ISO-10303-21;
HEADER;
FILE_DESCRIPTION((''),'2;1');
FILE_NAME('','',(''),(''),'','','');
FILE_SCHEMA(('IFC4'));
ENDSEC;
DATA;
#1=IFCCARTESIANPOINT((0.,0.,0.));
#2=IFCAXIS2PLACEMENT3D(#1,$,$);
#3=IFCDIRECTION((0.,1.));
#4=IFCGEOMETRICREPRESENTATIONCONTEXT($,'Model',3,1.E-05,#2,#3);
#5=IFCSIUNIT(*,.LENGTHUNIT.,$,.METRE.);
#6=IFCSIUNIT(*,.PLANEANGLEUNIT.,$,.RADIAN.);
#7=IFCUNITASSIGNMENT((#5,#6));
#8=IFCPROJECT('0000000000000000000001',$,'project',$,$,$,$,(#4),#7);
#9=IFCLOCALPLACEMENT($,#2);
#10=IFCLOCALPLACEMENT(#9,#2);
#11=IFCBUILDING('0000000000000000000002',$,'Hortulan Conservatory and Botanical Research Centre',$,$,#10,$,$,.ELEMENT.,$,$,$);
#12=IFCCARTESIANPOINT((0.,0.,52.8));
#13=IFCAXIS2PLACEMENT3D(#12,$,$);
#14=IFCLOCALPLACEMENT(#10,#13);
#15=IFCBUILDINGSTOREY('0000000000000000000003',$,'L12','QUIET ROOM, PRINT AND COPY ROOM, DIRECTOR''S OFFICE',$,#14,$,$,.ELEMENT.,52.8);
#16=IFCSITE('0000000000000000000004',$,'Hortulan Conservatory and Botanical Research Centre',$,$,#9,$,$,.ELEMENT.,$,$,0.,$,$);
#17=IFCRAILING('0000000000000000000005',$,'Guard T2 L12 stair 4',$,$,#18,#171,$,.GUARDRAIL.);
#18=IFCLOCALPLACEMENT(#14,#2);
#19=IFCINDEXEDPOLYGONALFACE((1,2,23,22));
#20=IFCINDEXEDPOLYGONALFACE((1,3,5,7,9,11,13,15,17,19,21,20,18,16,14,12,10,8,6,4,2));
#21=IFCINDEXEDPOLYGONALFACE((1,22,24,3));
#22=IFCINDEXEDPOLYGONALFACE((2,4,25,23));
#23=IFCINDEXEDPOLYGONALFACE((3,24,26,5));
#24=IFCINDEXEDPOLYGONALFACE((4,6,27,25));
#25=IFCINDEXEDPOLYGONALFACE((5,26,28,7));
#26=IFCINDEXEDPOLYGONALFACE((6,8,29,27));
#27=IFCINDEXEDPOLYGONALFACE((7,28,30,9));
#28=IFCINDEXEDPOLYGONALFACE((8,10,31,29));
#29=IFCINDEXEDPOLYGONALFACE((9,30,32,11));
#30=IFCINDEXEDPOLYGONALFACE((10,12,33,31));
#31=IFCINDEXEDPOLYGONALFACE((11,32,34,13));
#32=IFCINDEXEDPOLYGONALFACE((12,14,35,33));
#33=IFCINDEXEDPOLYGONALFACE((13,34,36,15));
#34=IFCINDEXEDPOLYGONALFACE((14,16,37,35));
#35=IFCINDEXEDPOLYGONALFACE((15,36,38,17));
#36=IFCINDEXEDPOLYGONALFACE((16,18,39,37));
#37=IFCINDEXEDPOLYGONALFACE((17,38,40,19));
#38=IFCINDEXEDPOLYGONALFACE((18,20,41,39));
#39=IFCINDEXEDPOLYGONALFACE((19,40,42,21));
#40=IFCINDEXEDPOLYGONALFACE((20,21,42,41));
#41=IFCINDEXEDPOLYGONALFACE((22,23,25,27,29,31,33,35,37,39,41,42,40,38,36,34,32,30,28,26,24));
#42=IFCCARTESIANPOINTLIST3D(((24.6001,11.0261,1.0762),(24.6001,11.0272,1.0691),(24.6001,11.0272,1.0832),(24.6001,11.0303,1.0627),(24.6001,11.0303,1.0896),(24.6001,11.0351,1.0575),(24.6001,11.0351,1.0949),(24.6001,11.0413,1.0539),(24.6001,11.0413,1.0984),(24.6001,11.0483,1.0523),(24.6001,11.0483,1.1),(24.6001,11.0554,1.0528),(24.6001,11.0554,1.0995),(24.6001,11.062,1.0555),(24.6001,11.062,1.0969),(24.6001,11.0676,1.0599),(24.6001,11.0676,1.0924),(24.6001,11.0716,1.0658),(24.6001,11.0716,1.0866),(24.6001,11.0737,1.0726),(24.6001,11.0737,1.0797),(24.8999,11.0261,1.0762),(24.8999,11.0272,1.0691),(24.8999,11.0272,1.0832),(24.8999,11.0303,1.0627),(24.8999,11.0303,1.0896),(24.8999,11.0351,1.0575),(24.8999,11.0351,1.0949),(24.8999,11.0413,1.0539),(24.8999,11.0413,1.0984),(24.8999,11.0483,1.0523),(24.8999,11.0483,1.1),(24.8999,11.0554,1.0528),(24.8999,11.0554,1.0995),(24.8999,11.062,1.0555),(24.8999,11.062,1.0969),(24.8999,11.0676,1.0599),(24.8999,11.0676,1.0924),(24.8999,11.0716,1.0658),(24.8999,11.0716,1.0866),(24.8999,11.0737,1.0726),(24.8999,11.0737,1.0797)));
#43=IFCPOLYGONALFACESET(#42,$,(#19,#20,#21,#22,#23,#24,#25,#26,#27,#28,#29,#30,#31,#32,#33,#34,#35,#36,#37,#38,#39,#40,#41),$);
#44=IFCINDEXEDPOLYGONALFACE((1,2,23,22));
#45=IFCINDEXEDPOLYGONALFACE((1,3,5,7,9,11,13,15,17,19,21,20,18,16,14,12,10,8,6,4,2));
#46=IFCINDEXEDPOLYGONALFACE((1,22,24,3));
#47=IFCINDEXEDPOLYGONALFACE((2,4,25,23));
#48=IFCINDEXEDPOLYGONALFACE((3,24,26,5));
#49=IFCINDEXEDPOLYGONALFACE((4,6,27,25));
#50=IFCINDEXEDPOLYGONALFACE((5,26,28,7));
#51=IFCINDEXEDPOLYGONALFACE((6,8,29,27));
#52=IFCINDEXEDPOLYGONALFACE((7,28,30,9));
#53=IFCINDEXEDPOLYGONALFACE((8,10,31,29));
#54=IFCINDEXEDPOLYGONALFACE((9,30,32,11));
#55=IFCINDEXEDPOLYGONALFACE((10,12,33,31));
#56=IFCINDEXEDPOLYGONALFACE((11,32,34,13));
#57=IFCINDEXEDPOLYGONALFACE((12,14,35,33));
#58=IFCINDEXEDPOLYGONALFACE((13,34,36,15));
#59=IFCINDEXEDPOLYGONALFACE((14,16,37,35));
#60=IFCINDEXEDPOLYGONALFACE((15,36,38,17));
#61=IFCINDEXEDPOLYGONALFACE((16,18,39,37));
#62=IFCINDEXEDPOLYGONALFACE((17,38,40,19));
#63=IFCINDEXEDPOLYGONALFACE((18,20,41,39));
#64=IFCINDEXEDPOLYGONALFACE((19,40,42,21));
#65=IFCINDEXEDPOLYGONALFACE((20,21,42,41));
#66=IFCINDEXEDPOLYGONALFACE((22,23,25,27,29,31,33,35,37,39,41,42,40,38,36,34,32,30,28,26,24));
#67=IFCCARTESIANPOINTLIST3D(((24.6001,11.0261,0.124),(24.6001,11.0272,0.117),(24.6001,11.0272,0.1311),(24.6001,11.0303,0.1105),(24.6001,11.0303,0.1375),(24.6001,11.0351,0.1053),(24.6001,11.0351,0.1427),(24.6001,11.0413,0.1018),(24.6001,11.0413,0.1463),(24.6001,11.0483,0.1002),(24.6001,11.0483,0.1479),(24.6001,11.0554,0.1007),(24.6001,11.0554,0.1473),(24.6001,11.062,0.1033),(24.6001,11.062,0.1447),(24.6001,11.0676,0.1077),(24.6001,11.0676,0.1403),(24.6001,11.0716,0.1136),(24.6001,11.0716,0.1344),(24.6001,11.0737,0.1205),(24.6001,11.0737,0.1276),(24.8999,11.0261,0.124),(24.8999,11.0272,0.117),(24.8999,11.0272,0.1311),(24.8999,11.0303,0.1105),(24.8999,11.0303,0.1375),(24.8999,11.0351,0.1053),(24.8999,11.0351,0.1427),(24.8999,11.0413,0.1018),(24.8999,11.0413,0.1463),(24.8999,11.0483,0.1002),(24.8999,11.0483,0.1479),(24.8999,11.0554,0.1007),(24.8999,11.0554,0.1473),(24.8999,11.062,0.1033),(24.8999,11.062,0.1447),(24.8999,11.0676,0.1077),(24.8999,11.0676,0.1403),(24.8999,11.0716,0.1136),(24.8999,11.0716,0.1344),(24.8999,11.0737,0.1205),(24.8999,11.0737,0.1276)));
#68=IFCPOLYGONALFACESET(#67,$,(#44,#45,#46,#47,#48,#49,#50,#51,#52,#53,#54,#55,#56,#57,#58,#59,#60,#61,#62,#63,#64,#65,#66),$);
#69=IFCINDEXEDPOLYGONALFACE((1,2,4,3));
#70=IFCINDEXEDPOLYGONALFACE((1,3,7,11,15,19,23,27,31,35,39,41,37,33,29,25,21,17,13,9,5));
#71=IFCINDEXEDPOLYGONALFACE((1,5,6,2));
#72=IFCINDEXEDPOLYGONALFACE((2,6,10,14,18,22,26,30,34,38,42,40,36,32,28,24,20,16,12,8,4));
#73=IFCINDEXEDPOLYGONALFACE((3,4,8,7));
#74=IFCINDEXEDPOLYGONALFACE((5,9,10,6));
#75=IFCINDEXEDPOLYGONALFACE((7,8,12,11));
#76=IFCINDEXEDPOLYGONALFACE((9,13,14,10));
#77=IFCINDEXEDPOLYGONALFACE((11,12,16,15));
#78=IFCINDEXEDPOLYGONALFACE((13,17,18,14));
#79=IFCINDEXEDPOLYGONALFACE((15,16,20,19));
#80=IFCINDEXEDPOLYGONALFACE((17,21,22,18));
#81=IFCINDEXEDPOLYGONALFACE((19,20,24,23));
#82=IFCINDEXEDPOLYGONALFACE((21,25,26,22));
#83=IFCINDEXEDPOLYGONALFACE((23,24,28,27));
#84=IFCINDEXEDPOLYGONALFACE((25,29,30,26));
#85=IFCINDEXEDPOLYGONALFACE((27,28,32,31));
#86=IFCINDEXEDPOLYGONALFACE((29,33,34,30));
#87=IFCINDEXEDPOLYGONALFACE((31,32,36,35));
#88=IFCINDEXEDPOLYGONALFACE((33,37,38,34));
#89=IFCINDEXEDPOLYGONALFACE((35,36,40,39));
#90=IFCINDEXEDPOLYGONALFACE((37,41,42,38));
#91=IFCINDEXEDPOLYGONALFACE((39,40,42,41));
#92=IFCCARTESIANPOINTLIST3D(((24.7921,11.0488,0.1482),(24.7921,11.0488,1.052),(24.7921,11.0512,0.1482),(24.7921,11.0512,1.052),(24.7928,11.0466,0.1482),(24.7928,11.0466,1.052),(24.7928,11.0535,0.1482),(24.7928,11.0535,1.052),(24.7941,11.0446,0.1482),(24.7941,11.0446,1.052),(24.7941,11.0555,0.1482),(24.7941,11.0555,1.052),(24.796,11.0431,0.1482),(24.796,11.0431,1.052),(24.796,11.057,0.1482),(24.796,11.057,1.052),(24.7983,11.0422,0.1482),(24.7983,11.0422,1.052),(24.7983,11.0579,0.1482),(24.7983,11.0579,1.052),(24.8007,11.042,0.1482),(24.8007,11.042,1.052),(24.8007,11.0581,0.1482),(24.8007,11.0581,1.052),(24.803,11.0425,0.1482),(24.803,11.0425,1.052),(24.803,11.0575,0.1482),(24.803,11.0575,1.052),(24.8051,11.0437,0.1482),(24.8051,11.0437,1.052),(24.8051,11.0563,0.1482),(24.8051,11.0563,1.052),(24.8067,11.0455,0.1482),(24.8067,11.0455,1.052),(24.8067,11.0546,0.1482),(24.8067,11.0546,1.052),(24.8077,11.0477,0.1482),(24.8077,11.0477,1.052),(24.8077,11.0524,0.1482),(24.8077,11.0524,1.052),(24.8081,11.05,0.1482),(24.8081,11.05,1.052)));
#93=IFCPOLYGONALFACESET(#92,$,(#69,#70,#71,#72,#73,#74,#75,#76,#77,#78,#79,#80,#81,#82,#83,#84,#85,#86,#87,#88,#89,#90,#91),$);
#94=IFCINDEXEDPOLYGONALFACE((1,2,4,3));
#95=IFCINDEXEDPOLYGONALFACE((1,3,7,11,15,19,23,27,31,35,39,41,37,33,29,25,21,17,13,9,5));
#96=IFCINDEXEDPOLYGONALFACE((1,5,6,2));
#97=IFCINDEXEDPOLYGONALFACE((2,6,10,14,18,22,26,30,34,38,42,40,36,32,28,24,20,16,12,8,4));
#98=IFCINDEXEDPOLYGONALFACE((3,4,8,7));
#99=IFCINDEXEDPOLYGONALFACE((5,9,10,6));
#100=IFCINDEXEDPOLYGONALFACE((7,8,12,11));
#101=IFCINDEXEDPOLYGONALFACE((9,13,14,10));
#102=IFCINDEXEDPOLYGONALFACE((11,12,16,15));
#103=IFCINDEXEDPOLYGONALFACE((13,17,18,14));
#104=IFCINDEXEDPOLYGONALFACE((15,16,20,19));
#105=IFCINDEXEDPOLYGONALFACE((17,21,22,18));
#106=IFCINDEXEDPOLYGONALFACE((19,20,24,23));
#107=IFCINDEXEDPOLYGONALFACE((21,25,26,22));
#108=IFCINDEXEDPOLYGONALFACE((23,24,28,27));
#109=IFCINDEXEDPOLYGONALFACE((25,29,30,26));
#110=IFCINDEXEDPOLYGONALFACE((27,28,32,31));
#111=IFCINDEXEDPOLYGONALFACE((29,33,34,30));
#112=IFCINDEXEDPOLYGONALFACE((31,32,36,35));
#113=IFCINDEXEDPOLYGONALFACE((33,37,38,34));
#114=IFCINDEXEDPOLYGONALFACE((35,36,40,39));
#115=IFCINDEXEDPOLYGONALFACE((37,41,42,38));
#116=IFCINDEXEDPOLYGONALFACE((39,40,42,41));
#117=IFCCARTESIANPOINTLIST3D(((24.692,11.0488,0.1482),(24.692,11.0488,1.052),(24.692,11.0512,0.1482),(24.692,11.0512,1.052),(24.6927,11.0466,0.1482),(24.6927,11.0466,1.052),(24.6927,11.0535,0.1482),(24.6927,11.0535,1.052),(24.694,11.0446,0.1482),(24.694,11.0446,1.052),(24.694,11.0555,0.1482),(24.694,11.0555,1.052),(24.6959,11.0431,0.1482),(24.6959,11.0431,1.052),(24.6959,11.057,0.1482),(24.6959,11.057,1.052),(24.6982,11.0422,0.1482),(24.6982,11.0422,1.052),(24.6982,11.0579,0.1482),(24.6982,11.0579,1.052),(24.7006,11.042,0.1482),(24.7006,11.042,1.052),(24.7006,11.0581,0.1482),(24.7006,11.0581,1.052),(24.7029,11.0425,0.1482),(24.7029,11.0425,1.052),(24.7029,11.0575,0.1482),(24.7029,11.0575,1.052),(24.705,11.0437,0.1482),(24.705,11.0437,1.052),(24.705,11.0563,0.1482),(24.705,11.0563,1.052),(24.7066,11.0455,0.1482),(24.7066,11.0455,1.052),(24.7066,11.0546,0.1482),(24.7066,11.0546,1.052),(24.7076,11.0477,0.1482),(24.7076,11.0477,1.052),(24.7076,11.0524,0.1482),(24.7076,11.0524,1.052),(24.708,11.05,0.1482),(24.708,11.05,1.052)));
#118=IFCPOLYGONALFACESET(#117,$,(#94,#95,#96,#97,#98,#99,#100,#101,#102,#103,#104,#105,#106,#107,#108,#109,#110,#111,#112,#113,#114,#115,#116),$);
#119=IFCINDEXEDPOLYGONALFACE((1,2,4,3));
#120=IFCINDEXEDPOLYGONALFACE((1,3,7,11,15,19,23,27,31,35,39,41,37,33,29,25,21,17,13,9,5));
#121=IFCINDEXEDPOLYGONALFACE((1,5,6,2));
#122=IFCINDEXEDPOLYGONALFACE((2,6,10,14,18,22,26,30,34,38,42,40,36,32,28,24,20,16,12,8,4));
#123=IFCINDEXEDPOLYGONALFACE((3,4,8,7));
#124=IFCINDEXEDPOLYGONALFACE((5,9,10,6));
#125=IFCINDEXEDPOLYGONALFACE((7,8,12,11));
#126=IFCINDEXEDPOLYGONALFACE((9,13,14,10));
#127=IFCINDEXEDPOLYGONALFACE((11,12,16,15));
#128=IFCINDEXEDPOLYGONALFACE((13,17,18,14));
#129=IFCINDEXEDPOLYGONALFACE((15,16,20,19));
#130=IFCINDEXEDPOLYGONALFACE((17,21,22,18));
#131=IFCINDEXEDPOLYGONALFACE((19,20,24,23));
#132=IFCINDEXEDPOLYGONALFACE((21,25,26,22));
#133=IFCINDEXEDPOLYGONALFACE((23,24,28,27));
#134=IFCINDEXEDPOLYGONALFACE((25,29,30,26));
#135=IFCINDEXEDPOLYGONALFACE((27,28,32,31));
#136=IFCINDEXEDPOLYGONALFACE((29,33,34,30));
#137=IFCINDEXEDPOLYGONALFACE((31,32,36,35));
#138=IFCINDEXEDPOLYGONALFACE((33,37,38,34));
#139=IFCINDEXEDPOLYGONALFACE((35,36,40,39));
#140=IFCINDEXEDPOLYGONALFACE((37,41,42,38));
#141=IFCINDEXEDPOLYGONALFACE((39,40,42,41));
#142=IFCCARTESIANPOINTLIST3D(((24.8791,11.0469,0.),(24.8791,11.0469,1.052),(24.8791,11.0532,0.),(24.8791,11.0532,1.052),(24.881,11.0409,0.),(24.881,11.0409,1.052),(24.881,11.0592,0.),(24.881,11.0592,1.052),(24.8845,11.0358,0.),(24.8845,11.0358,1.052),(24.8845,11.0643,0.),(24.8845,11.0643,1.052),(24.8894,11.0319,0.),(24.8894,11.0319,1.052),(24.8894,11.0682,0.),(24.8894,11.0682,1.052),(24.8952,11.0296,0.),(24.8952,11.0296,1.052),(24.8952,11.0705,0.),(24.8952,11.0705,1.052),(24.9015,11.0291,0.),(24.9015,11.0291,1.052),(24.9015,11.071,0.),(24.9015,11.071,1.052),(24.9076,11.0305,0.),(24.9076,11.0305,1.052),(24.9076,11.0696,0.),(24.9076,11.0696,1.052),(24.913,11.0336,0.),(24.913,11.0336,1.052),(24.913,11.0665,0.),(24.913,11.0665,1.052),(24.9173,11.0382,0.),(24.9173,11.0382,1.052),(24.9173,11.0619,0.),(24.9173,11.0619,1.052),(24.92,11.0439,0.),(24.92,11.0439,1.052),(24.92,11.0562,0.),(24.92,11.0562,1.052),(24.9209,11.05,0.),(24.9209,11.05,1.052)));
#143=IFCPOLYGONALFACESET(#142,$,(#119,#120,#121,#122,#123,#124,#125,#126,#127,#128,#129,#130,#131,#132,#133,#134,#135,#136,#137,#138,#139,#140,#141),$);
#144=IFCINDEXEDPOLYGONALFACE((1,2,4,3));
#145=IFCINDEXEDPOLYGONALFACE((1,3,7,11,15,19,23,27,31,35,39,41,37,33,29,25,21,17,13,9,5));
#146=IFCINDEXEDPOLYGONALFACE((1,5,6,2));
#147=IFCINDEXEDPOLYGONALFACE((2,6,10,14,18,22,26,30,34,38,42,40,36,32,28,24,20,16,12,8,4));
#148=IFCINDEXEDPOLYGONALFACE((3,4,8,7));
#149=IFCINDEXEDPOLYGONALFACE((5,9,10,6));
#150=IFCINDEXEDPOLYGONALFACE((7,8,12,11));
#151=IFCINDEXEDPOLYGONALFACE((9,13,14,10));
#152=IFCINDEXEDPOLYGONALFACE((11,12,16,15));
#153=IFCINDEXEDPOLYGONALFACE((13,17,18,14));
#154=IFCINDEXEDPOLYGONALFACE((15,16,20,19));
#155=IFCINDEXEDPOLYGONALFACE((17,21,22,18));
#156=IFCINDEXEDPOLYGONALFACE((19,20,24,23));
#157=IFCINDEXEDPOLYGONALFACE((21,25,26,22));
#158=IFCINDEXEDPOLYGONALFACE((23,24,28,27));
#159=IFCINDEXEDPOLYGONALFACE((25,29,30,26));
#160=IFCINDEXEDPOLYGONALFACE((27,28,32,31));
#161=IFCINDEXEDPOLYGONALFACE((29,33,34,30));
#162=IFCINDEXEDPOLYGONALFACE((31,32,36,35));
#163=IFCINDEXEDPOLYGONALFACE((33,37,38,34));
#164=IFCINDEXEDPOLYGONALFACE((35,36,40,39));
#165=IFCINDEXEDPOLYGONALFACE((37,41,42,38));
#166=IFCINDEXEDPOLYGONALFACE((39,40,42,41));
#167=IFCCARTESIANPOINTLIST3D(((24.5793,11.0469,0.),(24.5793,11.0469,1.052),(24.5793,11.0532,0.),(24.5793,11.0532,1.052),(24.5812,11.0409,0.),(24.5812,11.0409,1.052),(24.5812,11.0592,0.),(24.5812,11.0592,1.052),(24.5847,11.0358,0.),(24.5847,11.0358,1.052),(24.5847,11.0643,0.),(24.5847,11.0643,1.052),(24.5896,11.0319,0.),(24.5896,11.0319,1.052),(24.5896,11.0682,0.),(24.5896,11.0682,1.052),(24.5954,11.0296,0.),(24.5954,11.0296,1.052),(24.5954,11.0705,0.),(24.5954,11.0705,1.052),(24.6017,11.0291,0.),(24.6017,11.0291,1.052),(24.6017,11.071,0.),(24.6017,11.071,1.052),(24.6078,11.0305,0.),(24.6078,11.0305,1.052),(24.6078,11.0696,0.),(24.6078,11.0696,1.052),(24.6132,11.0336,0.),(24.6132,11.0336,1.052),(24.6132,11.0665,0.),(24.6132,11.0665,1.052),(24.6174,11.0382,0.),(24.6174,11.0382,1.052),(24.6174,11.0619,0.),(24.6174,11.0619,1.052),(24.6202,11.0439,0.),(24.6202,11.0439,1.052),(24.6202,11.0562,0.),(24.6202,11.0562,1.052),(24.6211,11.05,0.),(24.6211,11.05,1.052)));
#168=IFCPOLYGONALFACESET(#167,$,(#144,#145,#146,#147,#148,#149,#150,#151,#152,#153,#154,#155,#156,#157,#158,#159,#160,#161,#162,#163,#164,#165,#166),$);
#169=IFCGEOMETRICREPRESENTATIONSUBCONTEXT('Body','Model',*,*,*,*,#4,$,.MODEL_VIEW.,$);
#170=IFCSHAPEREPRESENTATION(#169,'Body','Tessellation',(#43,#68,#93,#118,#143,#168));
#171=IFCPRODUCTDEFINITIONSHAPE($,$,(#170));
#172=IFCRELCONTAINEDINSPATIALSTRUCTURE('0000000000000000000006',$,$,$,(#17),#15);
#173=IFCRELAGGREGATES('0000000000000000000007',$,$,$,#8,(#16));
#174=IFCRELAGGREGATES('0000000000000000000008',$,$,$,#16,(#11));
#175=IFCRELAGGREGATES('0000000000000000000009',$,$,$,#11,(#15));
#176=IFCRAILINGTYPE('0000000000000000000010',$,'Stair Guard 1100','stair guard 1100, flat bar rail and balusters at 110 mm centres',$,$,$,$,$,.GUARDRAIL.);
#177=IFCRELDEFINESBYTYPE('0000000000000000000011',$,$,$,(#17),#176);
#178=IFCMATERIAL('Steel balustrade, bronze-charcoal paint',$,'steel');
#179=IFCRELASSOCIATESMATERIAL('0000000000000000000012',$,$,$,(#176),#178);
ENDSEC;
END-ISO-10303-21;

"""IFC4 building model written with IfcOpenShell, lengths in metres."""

from ifc_helpers import new_model, si_unit, direction, frame, origin, origin_2d, place, context, subcontext, project, spatial, circle, extrude, material, type_object, element, save


model = new_model("IFC4")

# Units and contexts
model_context = context("Model", 3, precision=1e-05, world=origin(), true_north=direction((0.0, 1.0)))
body_context = subcontext(model_context, "Body", "Model", "MODEL_VIEW")
ifc_project = project(units=[si_unit("LENGTHUNIT", "METRE"), si_unit("PLANEANGLEUNIT", "RADIAN")], contexts=[model_context])

# Site, building, storey
site_placement = place(None, origin())
site = spatial("IfcSite", under=ifc_project, at=site_placement, Name="Hortulan Conservatory and Botanical Research Centre", CompositionType="ELEMENT", RefElevation=0.0)
building_placement = place(site_placement, origin())
building = spatial("IfcBuilding", under=site, at=building_placement, Name="Hortulan Conservatory and Botanical Research Centre", CompositionType="ELEMENT")
storey_placement = place(building_placement, frame((0.0, 0.0, 52.8)))
storey = spatial("IfcBuildingStorey", under=building, at=storey_placement, Name="L12", Description="QUIET ROOM, PRINT AND COPY ROOM, DIRECTOR'S OFFICE", CompositionType="ELEMENT", Elevation=52.8)

# Railing
ifc_material_1 = material(Name="Steel balustrade, bronze-charcoal paint", Category="steel")
railing_type_1 = type_object("IfcRailingType", Name="Stair Guard 1100", Description="stair guard 1100, flat bar rail and balusters at 110 mm centres", PredefinedType="GUARDRAIL", material=ifc_material_1)
railing_1_placement = place(storey_placement, frame((24.8999, 11.05, 0.0)))
element("IfcRailing", 1, at=railing_1_placement, inside=storey, type_object=railing_type_1, Name="Guard T2 L12 stair 4", PredefinedType="GUARDRAIL", context=body_context, shape_type="SweptSolid", body=[
    extrude(circle(Radius=0.0239, at=origin_2d()), frame((0.0, 0.0, 1.0762), z_axis=(-1.0, 0.0, 0.0), x_axis=(0.0, -1.0, 0.0)), (0.0, 0.0, 1.0), 0.2998),
    extrude(circle(Radius=0.0239, at=origin_2d()), frame((0.0, 0.0, 0.124), z_axis=(-1.0, 0.0, 0.0), x_axis=(0.0, -1.0, 0.0)), (0.0, 0.0, 1.0), 0.2998),
    extrude(circle(Radius=0.0081, at=origin_2d()), frame((-0.0999, 0.0, 0.1482)), (0.0, 0.0, 1.0), 0.9038),
    extrude(circle(Radius=0.0081, at=origin_2d()), frame((-0.2, 0.0, 0.1482)), (0.0, 0.0, 1.0), 0.9038),
    extrude(circle(Radius=0.021, at=origin_2d()), origin(), (0.0, 0.0, 1.0), 1.052),
    extrude(circle(Radius=0.021, at=origin_2d()), frame((-0.2998, 0.0, 0.0)), (0.0, 0.0, 1.0), 1.052),
])

save(model, "model.ifc")
